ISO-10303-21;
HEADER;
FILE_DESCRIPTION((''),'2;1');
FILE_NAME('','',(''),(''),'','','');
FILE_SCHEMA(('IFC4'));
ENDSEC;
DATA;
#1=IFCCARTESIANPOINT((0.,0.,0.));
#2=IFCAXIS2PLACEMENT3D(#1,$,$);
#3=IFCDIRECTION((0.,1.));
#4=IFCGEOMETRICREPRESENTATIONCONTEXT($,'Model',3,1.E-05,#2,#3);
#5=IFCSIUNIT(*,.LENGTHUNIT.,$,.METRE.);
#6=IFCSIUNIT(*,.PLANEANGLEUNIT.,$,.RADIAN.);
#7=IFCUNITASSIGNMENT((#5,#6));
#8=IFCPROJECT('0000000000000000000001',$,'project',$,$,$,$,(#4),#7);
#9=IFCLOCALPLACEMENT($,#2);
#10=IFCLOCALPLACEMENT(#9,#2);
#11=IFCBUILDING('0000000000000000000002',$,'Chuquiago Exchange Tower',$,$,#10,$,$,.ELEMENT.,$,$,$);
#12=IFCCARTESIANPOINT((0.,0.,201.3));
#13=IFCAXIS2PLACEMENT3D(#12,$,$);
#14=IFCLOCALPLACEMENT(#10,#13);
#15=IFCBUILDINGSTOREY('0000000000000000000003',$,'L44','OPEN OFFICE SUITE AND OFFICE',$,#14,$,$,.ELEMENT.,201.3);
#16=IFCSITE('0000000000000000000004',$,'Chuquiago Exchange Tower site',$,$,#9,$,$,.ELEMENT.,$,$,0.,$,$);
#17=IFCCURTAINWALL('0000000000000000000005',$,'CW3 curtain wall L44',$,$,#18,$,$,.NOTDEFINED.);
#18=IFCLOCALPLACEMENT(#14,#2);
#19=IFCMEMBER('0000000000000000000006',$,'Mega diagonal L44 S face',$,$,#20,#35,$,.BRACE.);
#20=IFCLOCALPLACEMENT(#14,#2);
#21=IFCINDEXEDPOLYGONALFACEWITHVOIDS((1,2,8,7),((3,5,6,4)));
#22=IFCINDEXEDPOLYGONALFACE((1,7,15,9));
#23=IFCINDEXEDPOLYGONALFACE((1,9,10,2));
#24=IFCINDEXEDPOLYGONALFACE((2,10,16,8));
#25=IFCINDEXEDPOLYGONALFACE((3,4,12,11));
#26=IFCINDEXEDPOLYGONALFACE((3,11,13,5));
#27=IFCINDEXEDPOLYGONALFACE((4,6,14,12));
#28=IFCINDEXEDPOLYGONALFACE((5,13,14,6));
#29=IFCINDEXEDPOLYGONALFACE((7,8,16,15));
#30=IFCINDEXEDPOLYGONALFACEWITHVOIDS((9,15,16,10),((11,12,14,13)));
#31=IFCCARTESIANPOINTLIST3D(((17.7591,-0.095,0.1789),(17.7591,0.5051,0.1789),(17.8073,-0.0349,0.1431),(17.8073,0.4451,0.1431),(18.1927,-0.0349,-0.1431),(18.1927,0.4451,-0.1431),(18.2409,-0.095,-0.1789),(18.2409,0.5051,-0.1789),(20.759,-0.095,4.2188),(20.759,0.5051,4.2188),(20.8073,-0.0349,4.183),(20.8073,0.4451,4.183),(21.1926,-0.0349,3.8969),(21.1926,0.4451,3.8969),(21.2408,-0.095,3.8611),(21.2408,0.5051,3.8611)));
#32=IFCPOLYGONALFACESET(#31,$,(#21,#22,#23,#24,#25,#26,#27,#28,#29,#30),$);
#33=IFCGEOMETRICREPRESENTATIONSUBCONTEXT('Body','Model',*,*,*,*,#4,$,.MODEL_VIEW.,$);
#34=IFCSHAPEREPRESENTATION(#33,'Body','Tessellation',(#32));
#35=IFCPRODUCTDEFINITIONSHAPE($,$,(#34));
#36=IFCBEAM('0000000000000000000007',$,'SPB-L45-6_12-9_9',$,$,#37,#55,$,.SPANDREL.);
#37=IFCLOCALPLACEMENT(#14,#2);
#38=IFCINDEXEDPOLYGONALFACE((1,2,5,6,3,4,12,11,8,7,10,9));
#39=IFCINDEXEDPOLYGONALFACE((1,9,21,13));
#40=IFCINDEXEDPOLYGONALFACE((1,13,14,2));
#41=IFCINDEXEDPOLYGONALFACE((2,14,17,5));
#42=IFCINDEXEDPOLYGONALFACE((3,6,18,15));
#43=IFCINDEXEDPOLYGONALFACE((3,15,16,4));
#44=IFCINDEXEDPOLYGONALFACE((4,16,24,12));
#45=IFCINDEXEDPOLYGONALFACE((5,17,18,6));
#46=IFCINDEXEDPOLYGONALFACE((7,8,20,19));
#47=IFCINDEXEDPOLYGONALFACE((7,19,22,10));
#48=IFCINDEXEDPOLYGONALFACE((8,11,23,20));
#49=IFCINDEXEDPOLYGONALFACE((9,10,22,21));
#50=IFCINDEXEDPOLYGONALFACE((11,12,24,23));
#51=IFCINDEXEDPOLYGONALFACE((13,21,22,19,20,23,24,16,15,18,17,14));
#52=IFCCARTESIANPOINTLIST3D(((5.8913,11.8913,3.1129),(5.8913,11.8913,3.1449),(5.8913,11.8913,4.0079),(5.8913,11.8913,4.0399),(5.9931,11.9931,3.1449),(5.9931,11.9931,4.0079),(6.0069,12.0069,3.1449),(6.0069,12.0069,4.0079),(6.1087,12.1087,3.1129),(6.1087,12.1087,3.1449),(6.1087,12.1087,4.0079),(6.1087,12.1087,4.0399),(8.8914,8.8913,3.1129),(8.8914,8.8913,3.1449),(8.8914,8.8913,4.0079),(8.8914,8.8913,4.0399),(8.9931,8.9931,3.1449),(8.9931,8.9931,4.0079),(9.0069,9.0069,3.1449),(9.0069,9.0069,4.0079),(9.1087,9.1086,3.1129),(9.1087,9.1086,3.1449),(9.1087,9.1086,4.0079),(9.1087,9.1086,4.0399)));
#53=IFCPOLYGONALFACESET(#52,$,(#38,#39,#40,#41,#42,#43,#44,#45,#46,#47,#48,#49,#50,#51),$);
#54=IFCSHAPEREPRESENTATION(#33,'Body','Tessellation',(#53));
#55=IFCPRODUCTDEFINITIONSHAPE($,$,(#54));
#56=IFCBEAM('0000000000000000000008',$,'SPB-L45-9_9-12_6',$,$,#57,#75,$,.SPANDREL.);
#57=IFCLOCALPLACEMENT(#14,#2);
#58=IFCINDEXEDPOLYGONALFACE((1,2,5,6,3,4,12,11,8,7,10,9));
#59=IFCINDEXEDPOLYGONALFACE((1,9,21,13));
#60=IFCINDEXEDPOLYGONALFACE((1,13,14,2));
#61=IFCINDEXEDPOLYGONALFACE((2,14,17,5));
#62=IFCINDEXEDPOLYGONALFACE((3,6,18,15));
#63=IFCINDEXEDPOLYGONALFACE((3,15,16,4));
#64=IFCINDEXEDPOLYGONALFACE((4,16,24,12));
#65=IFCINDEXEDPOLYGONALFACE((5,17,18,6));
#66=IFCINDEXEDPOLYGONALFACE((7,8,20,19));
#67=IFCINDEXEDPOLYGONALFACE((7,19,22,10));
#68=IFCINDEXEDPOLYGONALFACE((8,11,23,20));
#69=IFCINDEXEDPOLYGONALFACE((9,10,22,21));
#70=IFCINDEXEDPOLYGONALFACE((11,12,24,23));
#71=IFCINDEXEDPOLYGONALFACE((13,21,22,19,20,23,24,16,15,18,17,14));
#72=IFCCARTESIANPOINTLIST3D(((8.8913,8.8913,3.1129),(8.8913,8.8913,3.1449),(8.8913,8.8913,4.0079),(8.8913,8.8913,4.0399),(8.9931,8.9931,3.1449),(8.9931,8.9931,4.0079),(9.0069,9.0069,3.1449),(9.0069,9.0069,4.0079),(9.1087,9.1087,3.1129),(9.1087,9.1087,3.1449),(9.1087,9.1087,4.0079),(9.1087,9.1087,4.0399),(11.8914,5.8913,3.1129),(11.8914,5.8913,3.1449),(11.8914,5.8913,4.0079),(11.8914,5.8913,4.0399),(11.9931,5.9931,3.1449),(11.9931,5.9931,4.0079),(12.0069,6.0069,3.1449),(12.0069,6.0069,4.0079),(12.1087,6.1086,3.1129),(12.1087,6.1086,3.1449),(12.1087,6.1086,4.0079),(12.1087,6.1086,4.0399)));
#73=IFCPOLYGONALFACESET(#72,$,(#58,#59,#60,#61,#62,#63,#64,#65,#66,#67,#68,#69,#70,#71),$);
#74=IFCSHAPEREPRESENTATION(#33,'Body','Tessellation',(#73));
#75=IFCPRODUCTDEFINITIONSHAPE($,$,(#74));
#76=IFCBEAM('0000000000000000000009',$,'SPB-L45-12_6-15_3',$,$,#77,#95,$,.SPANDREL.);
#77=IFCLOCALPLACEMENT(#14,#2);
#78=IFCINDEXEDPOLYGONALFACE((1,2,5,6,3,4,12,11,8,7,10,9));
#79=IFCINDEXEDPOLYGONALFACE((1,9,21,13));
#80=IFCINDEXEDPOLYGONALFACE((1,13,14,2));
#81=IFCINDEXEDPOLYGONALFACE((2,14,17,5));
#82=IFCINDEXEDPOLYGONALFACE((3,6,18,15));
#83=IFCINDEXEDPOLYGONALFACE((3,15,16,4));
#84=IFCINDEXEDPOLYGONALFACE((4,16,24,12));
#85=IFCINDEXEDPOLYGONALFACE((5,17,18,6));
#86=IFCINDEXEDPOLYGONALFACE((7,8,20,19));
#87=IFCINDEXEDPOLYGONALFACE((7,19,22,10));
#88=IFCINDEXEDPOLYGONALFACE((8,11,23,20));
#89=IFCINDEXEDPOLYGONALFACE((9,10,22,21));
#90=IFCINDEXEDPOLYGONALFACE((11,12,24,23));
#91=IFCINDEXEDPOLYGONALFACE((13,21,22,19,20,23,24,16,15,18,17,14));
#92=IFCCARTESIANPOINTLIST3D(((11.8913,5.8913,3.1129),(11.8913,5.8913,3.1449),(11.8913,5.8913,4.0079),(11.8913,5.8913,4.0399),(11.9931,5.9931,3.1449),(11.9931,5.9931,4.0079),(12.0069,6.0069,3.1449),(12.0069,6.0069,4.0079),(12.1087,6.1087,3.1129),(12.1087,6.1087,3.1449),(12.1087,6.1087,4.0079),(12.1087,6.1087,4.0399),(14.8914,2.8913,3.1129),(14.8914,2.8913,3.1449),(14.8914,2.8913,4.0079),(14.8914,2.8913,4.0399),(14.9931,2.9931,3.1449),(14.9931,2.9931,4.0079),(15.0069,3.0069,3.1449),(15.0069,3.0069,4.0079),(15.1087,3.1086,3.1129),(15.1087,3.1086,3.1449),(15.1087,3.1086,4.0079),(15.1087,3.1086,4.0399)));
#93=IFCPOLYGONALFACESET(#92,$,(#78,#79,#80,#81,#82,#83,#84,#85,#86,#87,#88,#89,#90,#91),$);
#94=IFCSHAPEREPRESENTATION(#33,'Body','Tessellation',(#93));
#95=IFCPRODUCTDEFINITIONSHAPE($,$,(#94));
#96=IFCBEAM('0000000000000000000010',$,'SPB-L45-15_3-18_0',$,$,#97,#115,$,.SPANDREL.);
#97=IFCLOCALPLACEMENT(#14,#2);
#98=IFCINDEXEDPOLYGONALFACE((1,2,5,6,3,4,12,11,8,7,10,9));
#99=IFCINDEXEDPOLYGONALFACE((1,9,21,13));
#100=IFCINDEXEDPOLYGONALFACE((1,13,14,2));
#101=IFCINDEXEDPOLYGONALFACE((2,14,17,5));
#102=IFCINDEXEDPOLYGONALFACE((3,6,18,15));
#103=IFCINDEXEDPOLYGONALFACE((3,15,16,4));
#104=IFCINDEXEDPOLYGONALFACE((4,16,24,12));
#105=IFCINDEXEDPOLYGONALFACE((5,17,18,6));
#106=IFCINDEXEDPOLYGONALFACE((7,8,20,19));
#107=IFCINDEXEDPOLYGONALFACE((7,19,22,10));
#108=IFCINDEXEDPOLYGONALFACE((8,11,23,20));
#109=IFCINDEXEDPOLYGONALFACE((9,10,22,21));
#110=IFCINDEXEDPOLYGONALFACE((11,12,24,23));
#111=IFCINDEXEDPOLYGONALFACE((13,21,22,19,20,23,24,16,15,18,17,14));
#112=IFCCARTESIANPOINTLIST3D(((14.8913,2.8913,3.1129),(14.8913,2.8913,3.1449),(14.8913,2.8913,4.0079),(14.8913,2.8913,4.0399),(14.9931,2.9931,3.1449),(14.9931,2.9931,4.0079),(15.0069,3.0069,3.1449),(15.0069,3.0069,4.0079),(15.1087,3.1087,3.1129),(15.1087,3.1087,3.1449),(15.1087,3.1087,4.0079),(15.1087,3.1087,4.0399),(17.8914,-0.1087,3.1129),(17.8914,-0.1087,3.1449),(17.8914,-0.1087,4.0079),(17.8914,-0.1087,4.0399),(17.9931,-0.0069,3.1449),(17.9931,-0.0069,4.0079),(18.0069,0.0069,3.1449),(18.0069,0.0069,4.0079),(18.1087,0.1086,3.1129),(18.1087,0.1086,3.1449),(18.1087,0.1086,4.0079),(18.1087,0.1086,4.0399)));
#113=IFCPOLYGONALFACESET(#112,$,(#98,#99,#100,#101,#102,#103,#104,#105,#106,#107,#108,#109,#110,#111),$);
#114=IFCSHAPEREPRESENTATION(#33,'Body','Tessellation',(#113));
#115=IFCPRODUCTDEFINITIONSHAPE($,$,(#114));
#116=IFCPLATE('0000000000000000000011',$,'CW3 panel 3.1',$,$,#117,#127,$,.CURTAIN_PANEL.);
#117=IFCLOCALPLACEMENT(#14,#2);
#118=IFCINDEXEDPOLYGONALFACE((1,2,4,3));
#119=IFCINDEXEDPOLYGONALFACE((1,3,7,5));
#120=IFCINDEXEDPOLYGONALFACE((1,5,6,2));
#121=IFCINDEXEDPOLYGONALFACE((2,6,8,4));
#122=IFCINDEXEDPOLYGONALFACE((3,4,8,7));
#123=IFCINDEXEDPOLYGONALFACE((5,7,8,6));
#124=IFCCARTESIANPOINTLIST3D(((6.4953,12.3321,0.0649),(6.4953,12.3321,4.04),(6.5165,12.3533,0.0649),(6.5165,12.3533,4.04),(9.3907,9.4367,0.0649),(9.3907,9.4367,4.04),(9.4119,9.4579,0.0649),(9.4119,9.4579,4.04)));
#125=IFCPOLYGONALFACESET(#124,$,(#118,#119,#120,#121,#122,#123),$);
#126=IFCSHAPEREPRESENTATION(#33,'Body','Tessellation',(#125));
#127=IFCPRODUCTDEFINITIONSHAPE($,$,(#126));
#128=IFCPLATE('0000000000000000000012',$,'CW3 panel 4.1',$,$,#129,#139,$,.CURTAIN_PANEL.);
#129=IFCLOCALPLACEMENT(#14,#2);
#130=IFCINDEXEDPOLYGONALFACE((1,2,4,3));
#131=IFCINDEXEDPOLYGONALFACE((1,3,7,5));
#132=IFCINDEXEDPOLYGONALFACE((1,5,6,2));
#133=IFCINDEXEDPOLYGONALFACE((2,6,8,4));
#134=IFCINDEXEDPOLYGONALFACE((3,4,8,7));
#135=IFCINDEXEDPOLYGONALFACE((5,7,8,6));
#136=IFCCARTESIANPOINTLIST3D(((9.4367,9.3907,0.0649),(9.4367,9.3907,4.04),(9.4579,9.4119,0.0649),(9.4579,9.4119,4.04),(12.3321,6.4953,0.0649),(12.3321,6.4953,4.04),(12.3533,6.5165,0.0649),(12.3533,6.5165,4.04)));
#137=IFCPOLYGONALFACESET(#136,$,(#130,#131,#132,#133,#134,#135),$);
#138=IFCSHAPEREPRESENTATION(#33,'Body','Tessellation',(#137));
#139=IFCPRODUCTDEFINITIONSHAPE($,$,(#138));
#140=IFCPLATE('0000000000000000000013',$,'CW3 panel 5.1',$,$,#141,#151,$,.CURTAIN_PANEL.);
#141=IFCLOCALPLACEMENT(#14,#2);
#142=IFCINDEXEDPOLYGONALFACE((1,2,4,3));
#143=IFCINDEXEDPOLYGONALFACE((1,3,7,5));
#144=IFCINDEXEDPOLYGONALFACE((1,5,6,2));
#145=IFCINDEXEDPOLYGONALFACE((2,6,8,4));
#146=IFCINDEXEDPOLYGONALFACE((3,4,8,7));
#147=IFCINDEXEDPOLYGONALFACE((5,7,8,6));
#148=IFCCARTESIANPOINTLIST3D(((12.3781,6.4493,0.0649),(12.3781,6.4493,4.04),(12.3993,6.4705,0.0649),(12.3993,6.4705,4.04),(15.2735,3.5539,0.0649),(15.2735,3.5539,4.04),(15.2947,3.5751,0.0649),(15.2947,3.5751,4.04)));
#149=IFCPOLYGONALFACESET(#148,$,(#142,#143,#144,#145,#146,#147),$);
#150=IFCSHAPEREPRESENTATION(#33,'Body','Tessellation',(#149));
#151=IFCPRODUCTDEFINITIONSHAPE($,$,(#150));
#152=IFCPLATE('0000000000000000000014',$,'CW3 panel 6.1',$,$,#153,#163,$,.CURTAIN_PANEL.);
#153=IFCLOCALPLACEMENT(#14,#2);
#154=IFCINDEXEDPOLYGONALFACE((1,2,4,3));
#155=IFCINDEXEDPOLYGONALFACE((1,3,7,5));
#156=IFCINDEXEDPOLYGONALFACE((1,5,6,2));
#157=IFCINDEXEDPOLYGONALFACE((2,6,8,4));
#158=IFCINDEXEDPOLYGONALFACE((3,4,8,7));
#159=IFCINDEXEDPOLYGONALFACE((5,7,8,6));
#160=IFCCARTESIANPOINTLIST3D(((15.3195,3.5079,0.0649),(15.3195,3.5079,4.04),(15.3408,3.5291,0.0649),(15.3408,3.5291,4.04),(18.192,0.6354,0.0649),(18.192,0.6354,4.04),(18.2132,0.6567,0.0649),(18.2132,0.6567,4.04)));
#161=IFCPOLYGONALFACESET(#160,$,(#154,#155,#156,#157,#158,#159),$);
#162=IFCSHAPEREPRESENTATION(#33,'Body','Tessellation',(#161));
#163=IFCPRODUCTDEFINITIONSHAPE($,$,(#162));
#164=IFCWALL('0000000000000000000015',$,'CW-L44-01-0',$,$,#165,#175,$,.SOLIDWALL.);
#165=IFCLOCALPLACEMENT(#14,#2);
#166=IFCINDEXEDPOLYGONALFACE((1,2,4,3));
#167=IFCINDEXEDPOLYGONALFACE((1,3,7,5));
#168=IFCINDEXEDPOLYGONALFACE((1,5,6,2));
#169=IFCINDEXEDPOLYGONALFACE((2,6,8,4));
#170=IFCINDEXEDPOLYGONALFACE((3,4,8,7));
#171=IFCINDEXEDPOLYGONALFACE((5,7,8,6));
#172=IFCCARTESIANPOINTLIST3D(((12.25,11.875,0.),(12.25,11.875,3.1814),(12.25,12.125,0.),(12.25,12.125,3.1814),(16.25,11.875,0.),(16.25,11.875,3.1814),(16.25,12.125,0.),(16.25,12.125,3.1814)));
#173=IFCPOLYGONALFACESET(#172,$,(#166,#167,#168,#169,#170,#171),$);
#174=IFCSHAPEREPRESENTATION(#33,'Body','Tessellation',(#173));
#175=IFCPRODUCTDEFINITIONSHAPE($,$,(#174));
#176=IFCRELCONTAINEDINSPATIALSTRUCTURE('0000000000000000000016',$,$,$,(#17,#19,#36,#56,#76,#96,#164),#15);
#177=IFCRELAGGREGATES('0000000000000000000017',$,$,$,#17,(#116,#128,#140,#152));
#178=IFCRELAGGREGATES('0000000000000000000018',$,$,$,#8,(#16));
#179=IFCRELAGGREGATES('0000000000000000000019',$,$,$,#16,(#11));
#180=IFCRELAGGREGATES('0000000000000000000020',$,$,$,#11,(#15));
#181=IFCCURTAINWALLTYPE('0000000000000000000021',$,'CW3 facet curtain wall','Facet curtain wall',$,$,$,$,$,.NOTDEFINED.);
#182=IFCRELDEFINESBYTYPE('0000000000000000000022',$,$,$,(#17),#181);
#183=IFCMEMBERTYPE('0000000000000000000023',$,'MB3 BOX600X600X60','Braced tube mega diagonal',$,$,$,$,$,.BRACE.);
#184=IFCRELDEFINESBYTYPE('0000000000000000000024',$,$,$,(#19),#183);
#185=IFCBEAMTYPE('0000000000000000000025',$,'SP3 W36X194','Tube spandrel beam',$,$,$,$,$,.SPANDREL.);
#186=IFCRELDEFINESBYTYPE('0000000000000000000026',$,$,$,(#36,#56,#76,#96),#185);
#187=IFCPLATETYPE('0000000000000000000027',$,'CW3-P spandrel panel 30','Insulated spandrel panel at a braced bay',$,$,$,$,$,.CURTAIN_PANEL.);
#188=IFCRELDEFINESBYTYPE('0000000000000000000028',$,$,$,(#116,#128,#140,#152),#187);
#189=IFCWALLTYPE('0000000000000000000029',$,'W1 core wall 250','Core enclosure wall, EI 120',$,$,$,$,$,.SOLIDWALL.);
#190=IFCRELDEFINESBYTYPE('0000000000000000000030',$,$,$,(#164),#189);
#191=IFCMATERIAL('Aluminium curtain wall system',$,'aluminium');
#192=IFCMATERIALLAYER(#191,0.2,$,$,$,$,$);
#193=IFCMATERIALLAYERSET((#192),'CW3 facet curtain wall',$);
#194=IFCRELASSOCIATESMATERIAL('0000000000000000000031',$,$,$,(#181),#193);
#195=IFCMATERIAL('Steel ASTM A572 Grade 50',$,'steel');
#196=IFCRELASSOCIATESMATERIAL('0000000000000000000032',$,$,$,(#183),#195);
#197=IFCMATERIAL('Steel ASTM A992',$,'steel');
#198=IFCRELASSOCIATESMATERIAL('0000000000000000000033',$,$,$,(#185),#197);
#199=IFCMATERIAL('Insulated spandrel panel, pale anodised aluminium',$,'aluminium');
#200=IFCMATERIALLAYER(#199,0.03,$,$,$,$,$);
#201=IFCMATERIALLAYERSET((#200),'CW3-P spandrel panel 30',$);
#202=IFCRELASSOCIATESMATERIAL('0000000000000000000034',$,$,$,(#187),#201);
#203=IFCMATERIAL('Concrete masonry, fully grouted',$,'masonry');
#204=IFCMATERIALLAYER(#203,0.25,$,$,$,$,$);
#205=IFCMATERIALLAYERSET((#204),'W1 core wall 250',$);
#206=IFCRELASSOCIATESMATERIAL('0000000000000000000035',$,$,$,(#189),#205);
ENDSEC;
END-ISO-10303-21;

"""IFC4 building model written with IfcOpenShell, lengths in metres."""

from ifc_helpers import new_model, si_unit, direction, frame, frame_2d, origin, origin_2d, place, context, subcontext, project, spatial, rectangle, hollow_rectangle, i_section, extrude, material, layer, layer_set, material_profile, profile_set, type_object, element, aggregate, save


model = new_model("IFC4")

# Units and contexts
model_context = context("Model", 3, precision=1e-05, world=origin(), true_north=direction((0.0, 1.0)))
body_context = subcontext(model_context, "Body", "Model", "MODEL_VIEW")
ifc_project = project(units=[si_unit("LENGTHUNIT", "METRE"), si_unit("PLANEANGLEUNIT", "RADIAN")], contexts=[model_context])

# Site, building, storey
site_placement = place(None, origin())
site = spatial("IfcSite", under=ifc_project, at=site_placement, Name="Chuquiago Exchange Tower site", CompositionType="ELEMENT", RefElevation=0.0)
building_placement = place(site_placement, origin())
building = spatial("IfcBuilding", under=site, at=building_placement, Name="Chuquiago Exchange Tower", CompositionType="ELEMENT")
storey_placement = place(building_placement, frame((0.0, 0.0, 201.3)))
storey = spatial("IfcBuildingStorey", under=building, at=storey_placement, Name="L44", Description="OPEN OFFICE SUITE AND OFFICE", CompositionType="ELEMENT", Elevation=201.3)

# Curtain wall
ifc_material_1 = material(Name="Aluminium curtain wall system", Category="aluminium")
ifc_layer_1 = layer(ifc_material_1, 0.2)
ifc_layer_set_1 = layer_set([ifc_layer_1], Name="CW3 facet curtain wall")
curtain_wall_type = type_object("IfcCurtainWallType", Name="CW3 facet curtain wall", Description="Facet curtain wall", PredefinedType="NOTDEFINED", material=ifc_layer_set_1)
curtain_wall_placement = place(storey_placement, origin())
curtain_wall = element("IfcCurtainWall", 1, at=curtain_wall_placement, inside=storey, type_object=curtain_wall_type, Name="CW3 curtain wall L44", PredefinedType="NOTDEFINED")

# Member
ifc_material_2 = material(Name="Steel ASTM A572 Grade 50", Category="steel")
ifc_material_profile_1 = material_profile(ifc_material_2, hollow_rectangle(XDim=0.6001, YDim=0.6001, WallThickness=0.0601, at=origin_2d()), Name="BOX600X600X60")
ifc_profile_set_1 = profile_set([ifc_material_profile_1], Name="Steel ASTM A572 Grade 50")
member_type_1 = type_object("IfcMemberType", Name="MB3 BOX600X600X60", Description="Braced tube mega diagonal", PredefinedType="BRACE", material=ifc_profile_set_1)
member_1_placement = place(storey_placement, frame((18.0, 0.2051, 0.0), z_axis=(0.596174, 0.0, 0.802855), x_axis=(0.0, 1.0, 0.0)))
element("IfcMember", 2, at=member_1_placement, inside=storey, type_object=member_type_1, Name="Mega diagonal L44 S face", PredefinedType="BRACE", context=body_context, shape_type="SweptSolid", body=[
    extrude(hollow_rectangle(XDim=0.6001, YDim=0.6001, WallThickness=0.0601, at=origin_2d()), origin(), (0.0, 0.0, 1.0), 5.032),
])

# Beams
ifc_material_3 = material(Name="Steel ASTM A992", Category="steel")
ifc_material_profile_2 = material_profile(ifc_material_3, i_section(OverallWidth=0.3074, OverallDepth=0.927, WebThickness=0.0195, FlangeThickness=0.032, at=origin_2d()), Name="W36X194")
ifc_profile_set_2 = profile_set([ifc_material_profile_2], Name="Steel ASTM A992")
beam_type_1 = type_object("IfcBeamType", Name="SP3 W36X194", Description="Tube spandrel beam", PredefinedType="SPANDREL", material=ifc_profile_set_2)
for number, where, z_axis, x_axis, name in (
    (3, (6.0, 12.0, 3.5764), (0.707107, -0.707107, 0.0), (0.707107, 0.707107, 0.0), "SPB-L45-6_12-9_9"),
    (4, (9.0, 9.0, 3.5764), (0.707107, -0.707107, 0.0), (0.707107, 0.707107, 0.0), "SPB-L45-9_9-12_6"),
    (5, (12.0, 6.0, 3.5764), (0.707107, -0.707107, 0.0), (0.707107, 0.707107, 0.0), "SPB-L45-12_6-15_3"),
    (6, (15.0, 3.0, 3.5764), (0.707107, -0.707107, 0.0), (0.707107, 0.707107, 0.0), "SPB-L45-15_3-18_0"),
):
    element("IfcBeam", number, at=place(storey_placement, frame(where, z_axis=z_axis, x_axis=x_axis)), inside=storey, type_object=beam_type_1, Name=name, PredefinedType="SPANDREL", context=body_context, shape_type="SweptSolid", body=[
        extrude(i_section(OverallWidth=0.3074, OverallDepth=0.927, WebThickness=0.0195, FlangeThickness=0.032, at=origin_2d()), origin(), (0.0, 0.0, 1.0), 4.2427),
    ])

# Plates
ifc_material_4 = material(Name="Insulated spandrel panel, pale anodised aluminium", Category="aluminium")
ifc_layer_2 = layer(ifc_material_4, 0.03)
ifc_layer_set_2 = layer_set([ifc_layer_2], Name="CW3-P spandrel panel 30")
plate_type = type_object("IfcPlateType", Name="CW3-P spandrel panel 30", Description="Insulated spandrel panel at a braced bay", PredefinedType="CURTAIN_PANEL", material=ifc_layer_set_2)
plate_1_placement = place(storey_placement, frame((7.9536, 10.895, 0.0649), z_axis=(0.0, 0.0, 1.0), x_axis=(0.707107, -0.707107, 0.0)))
plate_1 = element("IfcPlate", 7, at=plate_1_placement, type_object=plate_type, Name="CW3 panel 3.1", PredefinedType="CURTAIN_PANEL", context=body_context, shape_type="SweptSolid", body=[
    extrude(rectangle(XDim=4.0947, YDim=0.03, at=origin_2d()), origin(), (0.0, 0.0, 1.0), 3.9751),
])
plate_2_placement = place(storey_placement, frame((10.895, 7.9536, 0.0649), z_axis=(0.0, 0.0, 1.0), x_axis=(0.707107, -0.707107, 0.0)))
plate_2 = element("IfcPlate", 8, at=plate_2_placement, type_object=plate_type, Name="CW3 panel 4.1", PredefinedType="CURTAIN_PANEL", context=body_context, shape_type="SweptSolid", body=[
    extrude(rectangle(XDim=4.0947, YDim=0.03, at=origin_2d()), origin(), (0.0, 0.0, 1.0), 3.9751),
])
plate_3_placement = place(storey_placement, frame((13.8364, 5.0122, 0.0649), z_axis=(0.0, 0.0, 1.0), x_axis=(0.707107, -0.707107, 0.0)))
plate_3 = element("IfcPlate", 9, at=plate_3_placement, type_object=plate_type, Name="CW3 panel 5.1", PredefinedType="CURTAIN_PANEL", context=body_context, shape_type="SweptSolid", body=[
    extrude(rectangle(XDim=4.0947, YDim=0.03, at=origin_2d()), origin(), (0.0, 0.0, 1.0), 3.9751),
])
plate_4_placement = place(storey_placement, frame((16.7664, 2.0823, 0.0649), z_axis=(0.0, 0.0, 1.0), x_axis=(0.707107, -0.707107, 0.0)))
plate_4 = element("IfcPlate", 10, at=plate_4_placement, type_object=plate_type, Name="CW3 panel 6.1", PredefinedType="CURTAIN_PANEL", context=body_context, shape_type="SweptSolid", body=[
    extrude(rectangle(XDim=4.0623, YDim=0.03, at=origin_2d()), origin(), (0.0, 0.0, 1.0), 3.9751),
])
aggregate(curtain_wall, [plate_1, plate_2, plate_3, plate_4])

# Wall
ifc_material_5 = material(Name="Concrete masonry, fully grouted", Category="masonry")
ifc_layer_3 = layer(ifc_material_5, 0.25)
ifc_layer_set_3 = layer_set([ifc_layer_3], Name="W1 core wall 250")
wall_type_1 = type_object("IfcWallType", Name="W1 core wall 250", Description="Core enclosure wall, EI 120", PredefinedType="SOLIDWALL", material=ifc_layer_set_3)
wall_1_placement = place(storey_placement, frame((12.25, 12.0, 0.0), z_axis=(0.0, 0.0, 1.0), x_axis=(1.0, 0.0, 0.0)))
element("IfcWall", 11, at=wall_1_placement, inside=storey, type_object=wall_type_1, Name="CW-L44-01-0", PredefinedType="SOLIDWALL", context=body_context, shape_type="SweptSolid", body=[
    extrude(rectangle(XDim=4.0, YDim=0.25, at=frame_2d((2.0, 0.0))), origin(), (0.0, 0.0, 1.0), 3.1814),
])

save(model, "model.ifc")
